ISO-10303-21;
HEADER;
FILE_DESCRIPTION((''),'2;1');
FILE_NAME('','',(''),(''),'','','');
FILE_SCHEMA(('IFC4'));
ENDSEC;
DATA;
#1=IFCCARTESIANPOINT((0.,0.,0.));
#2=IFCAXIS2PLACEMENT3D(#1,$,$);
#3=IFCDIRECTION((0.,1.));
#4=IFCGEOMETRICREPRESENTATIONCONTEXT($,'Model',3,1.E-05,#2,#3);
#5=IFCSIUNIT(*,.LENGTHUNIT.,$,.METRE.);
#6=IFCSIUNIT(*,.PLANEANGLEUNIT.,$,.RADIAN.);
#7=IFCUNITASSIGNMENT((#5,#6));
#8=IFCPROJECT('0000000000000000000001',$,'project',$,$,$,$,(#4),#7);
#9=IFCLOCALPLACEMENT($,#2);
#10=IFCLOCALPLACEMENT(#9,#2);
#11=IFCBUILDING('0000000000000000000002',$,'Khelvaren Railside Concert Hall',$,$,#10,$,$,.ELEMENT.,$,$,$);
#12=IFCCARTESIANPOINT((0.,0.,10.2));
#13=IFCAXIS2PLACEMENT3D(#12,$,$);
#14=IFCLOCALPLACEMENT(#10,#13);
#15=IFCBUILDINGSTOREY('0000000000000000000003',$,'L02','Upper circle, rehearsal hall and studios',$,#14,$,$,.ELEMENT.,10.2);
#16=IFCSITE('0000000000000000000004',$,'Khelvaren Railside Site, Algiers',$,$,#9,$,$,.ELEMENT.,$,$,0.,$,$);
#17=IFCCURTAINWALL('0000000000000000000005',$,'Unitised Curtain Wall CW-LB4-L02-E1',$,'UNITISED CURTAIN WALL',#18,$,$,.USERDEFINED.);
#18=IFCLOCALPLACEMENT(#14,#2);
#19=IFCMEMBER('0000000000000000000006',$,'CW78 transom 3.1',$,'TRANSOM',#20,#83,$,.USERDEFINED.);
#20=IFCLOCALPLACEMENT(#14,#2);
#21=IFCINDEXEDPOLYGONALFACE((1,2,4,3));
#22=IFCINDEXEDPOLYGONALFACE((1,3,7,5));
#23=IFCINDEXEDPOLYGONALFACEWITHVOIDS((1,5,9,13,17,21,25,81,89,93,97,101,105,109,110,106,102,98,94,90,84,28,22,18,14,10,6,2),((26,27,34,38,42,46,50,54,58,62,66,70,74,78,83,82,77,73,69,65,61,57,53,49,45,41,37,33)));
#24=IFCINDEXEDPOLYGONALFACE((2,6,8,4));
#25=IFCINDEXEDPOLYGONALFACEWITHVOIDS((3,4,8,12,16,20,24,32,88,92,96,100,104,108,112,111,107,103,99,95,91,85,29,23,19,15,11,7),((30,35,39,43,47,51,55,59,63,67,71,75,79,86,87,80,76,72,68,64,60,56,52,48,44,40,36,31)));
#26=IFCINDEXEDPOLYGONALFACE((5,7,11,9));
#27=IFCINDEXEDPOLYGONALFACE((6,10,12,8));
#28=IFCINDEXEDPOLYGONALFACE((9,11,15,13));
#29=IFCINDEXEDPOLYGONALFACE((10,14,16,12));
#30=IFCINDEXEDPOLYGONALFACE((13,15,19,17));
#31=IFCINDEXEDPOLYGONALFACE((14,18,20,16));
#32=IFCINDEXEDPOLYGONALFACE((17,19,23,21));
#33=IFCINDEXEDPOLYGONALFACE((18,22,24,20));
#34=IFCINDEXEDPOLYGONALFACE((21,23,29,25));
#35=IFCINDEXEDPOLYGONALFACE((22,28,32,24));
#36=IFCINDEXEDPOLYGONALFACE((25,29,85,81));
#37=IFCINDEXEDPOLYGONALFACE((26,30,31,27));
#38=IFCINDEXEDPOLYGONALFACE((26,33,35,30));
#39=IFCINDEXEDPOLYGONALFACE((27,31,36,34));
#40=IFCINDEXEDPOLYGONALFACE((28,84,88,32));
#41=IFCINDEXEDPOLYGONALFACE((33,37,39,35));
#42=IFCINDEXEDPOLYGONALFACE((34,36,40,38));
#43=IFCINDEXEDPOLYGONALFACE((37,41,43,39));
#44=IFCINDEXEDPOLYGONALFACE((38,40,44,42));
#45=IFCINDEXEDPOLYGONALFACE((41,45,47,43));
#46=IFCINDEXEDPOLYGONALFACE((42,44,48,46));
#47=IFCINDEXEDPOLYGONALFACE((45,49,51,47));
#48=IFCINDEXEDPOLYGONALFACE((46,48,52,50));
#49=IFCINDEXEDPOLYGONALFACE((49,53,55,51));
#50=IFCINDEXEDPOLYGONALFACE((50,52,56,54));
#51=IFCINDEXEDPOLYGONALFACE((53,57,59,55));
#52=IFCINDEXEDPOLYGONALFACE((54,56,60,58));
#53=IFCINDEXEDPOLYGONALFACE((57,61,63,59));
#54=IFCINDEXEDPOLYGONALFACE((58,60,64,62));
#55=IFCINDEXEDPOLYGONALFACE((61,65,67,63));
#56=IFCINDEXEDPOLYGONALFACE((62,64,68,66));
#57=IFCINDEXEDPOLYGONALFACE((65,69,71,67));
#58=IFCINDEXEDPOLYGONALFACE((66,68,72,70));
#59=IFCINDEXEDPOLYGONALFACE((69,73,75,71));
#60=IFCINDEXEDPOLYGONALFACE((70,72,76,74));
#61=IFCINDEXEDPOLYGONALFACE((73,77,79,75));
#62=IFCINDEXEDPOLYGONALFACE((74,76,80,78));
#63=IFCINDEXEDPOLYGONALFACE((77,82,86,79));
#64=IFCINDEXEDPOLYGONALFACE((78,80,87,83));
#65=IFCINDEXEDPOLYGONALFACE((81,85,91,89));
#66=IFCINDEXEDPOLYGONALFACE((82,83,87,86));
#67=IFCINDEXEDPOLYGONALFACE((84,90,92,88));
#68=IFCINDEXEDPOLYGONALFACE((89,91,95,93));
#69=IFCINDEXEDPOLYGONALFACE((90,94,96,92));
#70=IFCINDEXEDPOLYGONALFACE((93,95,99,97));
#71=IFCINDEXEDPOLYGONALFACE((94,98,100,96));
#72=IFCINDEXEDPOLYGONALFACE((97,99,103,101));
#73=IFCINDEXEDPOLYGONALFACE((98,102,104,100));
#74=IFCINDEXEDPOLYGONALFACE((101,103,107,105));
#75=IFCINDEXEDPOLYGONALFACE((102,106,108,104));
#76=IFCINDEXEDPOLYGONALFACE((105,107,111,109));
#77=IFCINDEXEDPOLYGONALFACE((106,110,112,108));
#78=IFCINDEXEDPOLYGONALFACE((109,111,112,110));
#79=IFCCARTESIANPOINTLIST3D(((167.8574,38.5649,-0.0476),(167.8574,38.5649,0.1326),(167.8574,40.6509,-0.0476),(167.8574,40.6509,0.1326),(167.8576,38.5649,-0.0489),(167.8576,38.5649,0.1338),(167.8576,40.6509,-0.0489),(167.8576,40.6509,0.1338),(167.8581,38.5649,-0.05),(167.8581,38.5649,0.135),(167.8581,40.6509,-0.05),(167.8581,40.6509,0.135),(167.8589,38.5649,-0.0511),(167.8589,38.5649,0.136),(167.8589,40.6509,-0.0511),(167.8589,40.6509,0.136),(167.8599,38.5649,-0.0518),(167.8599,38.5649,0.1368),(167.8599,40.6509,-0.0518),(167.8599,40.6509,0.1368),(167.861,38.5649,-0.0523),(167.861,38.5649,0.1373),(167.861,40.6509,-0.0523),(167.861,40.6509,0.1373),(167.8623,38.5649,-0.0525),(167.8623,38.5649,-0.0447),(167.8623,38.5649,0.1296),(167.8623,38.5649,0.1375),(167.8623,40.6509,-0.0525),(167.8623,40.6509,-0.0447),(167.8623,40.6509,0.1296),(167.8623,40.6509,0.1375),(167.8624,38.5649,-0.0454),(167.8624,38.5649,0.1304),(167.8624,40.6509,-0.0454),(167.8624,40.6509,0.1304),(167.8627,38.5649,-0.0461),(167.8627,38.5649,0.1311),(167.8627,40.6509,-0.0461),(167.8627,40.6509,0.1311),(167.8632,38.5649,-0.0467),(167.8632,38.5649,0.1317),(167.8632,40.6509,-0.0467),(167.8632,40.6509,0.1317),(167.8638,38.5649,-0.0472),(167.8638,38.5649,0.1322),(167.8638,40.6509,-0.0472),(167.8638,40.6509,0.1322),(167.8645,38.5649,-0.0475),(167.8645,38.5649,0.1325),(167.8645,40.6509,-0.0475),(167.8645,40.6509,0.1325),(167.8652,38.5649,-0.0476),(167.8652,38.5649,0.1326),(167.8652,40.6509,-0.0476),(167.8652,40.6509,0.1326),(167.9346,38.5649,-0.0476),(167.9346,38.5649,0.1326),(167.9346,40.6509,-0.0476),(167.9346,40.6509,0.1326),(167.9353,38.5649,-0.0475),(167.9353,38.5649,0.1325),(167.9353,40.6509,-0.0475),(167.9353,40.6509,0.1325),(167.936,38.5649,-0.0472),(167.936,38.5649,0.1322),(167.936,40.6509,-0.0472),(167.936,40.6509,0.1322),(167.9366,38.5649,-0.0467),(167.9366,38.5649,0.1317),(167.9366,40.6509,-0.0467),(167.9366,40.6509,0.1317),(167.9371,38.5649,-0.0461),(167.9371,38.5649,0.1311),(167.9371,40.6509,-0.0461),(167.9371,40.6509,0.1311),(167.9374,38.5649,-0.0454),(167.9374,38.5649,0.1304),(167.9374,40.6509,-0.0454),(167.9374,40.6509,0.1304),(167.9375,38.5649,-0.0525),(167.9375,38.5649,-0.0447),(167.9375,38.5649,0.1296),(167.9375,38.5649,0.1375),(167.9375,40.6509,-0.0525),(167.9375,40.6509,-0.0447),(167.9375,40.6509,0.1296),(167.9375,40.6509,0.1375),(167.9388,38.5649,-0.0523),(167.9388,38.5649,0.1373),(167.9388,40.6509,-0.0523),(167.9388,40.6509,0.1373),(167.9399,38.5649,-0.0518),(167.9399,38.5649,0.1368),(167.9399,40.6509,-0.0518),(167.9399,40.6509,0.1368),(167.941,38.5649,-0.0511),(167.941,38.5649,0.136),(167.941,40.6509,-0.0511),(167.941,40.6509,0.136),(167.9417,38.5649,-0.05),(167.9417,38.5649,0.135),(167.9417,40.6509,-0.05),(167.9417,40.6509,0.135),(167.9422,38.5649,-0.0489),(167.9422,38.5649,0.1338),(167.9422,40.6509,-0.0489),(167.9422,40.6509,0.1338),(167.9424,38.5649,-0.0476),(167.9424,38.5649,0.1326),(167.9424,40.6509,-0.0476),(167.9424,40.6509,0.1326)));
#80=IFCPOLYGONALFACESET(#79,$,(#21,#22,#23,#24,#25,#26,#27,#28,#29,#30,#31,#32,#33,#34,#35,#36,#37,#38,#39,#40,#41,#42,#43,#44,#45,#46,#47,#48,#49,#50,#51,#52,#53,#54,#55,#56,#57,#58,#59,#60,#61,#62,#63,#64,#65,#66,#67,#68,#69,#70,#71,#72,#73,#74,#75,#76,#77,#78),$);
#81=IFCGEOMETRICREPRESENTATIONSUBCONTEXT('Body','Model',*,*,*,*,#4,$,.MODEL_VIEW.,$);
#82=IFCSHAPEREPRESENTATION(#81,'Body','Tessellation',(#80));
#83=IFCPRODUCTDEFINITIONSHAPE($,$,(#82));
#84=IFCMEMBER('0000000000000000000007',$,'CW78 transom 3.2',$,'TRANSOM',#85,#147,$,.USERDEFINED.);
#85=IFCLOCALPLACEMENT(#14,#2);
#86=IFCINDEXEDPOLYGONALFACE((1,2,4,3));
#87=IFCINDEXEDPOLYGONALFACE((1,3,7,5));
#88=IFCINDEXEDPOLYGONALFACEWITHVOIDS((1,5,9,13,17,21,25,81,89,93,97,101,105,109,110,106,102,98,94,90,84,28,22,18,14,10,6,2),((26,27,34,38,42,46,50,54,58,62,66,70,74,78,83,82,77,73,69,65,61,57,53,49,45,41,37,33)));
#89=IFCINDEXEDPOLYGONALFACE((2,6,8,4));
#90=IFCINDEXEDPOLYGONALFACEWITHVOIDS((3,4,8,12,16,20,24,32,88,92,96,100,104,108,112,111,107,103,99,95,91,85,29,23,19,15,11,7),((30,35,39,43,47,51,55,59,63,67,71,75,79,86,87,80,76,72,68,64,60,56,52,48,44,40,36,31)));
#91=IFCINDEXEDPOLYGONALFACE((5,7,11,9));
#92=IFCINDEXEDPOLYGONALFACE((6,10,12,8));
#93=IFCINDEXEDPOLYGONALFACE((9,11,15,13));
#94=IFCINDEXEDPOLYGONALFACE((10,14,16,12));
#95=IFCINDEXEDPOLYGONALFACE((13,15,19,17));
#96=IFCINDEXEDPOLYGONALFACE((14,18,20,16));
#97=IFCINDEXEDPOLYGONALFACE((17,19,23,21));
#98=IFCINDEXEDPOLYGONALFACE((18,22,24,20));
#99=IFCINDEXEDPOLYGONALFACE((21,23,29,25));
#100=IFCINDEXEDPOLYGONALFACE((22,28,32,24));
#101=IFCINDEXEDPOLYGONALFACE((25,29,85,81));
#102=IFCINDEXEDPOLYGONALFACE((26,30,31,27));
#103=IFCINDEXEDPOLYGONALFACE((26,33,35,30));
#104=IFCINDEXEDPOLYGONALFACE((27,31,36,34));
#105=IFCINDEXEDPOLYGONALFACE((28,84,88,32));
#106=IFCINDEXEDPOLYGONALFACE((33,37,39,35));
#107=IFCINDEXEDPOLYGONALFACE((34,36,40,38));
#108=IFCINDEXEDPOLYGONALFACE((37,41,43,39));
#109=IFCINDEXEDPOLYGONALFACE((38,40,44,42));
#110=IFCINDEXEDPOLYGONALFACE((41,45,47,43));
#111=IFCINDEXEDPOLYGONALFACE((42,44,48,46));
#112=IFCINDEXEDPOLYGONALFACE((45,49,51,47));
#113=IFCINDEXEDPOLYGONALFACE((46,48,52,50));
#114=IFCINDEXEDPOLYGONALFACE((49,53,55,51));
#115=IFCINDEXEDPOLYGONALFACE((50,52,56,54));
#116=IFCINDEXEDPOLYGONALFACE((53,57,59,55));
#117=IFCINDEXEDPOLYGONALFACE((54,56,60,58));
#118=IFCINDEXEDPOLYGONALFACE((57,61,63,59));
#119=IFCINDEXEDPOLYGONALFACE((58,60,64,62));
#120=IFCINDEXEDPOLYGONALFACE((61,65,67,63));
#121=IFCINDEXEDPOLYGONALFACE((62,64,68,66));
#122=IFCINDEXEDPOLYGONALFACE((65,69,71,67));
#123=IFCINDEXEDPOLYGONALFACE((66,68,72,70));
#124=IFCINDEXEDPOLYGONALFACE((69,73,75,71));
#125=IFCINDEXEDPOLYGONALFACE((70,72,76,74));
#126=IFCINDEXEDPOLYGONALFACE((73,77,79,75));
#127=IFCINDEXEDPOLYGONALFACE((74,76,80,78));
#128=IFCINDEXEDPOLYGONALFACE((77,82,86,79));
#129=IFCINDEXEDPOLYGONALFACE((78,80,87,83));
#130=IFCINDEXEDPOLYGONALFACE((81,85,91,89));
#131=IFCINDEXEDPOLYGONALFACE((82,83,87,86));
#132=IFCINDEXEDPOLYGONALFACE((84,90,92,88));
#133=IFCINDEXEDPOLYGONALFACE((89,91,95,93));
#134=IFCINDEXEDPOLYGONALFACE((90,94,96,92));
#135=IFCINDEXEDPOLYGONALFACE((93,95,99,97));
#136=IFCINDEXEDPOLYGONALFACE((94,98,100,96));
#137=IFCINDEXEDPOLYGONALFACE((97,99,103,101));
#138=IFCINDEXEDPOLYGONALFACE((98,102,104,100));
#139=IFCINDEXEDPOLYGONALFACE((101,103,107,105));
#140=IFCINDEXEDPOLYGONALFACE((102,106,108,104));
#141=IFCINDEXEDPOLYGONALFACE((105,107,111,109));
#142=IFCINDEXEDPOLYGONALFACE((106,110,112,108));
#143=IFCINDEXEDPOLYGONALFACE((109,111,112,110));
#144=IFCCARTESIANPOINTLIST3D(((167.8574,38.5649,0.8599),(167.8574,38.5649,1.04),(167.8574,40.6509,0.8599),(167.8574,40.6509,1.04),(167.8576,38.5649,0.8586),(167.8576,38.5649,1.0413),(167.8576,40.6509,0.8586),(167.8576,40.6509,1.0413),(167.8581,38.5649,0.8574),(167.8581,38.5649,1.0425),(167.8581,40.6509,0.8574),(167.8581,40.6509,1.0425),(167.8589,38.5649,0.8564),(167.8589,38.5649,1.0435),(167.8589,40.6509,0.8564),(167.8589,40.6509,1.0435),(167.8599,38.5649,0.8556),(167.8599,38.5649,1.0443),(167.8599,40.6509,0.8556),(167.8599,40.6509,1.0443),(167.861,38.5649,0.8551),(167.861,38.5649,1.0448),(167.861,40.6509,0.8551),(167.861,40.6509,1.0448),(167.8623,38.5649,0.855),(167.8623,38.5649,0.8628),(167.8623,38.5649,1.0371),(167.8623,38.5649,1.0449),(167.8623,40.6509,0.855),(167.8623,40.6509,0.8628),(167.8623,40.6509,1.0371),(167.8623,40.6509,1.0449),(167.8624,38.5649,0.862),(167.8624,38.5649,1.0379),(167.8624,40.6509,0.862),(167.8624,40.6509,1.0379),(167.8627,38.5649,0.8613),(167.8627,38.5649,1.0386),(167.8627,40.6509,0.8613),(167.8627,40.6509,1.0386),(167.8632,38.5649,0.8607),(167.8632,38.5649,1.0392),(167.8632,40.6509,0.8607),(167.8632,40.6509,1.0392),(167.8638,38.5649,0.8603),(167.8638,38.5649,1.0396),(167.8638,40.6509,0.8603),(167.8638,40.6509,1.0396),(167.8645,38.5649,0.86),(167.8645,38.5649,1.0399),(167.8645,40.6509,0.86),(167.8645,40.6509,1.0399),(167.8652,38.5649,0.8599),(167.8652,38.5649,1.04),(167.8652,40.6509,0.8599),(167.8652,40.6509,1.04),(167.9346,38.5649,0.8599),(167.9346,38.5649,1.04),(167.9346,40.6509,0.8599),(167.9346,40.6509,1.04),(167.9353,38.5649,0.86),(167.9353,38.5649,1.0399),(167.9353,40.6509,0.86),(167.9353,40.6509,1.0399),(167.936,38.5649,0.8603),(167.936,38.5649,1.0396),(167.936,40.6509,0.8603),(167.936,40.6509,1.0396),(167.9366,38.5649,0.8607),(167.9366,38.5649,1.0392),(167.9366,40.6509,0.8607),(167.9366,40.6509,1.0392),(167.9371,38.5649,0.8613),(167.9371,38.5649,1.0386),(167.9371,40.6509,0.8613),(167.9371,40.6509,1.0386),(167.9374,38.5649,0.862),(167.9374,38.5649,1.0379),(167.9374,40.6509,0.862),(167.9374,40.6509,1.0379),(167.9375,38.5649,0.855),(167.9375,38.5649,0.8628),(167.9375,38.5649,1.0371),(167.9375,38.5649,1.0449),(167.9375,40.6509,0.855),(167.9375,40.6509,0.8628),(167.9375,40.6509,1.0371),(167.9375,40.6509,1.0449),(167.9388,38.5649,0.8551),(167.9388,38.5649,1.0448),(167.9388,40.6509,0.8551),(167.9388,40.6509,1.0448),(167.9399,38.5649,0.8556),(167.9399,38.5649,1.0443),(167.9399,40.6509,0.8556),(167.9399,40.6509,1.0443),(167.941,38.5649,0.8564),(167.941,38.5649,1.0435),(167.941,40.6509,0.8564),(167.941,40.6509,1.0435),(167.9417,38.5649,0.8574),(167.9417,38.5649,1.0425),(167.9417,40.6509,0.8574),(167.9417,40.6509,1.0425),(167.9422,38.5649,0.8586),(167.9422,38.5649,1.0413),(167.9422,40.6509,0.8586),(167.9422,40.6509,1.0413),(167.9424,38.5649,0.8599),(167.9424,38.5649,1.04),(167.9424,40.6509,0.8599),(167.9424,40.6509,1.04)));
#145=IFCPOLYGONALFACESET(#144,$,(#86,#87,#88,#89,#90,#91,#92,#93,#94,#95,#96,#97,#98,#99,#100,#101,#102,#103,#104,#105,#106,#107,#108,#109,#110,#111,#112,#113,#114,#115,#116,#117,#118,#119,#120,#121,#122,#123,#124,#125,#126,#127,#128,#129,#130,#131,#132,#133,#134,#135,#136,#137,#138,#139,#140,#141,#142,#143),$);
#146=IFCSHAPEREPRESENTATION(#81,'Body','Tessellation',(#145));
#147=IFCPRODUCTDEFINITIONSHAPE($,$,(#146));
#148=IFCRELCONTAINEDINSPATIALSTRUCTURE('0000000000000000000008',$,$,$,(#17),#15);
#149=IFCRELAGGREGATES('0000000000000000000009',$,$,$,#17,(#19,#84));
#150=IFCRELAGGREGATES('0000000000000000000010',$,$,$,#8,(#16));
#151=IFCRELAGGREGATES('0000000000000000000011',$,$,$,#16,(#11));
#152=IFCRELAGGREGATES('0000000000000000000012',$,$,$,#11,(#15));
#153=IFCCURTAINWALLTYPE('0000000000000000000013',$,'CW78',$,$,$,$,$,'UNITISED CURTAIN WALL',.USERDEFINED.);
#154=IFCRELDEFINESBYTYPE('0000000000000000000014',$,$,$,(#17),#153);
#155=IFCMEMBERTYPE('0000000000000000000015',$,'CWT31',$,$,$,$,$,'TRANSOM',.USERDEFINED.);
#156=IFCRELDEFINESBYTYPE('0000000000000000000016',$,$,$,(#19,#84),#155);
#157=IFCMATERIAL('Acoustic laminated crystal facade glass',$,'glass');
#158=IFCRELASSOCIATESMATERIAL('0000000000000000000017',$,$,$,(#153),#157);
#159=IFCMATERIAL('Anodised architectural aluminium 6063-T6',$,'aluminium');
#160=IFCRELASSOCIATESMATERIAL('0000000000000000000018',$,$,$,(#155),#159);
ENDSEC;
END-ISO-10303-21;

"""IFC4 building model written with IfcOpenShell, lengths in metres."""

from ifc_helpers import new_model, si_unit, direction, frame, origin, origin_2d, place, context, subcontext, project, spatial, hollow_rectangle, extrude, material, material_profile, profile_set, type_object, element, aggregate, save


model = new_model("IFC4")

# Units and contexts
model_context = context("Model", 3, precision=1e-05, world=origin(), true_north=direction((0.0, 1.0)))
body_context = subcontext(model_context, "Body", "Model", "MODEL_VIEW")
ifc_project = project(units=[si_unit("LENGTHUNIT", "METRE"), si_unit("PLANEANGLEUNIT", "RADIAN")], contexts=[model_context])

# Site, building, storey
site_placement = place(None, origin())
site = spatial("IfcSite", under=ifc_project, at=site_placement, Name="Khelvaren Railside Site, Algiers", CompositionType="ELEMENT", RefElevation=0.0)
building_placement = place(site_placement, origin())
building = spatial("IfcBuilding", under=site, at=building_placement, Name="Khelvaren Railside Concert Hall", CompositionType="ELEMENT")
storey_placement = place(building_placement, frame((0.0, 0.0, 10.2)))
storey = spatial("IfcBuildingStorey", under=building, at=storey_placement, Name="L02", Description="Upper circle, rehearsal hall and studios", CompositionType="ELEMENT", Elevation=10.2)

# Curtain wall, members
ifc_material_1 = material(Name="Acoustic laminated crystal facade glass", Category="glass")
curtain_wall_type = type_object("IfcCurtainWallType", Name="CW78", ElementType="UNITISED CURTAIN WALL", PredefinedType="USERDEFINED", material=ifc_material_1)
curtain_wall_placement = place(storey_placement, origin())
curtain_wall = element("IfcCurtainWall", 1, at=curtain_wall_placement, inside=storey, type_object=curtain_wall_type, Name="Unitised Curtain Wall CW-LB4-L02-E1", ObjectType="UNITISED CURTAIN WALL", PredefinedType="USERDEFINED")
ifc_material_2 = material(Name="Anodised architectural aluminium 6063-T6", Category="aluminium")
ifc_material_profile_1 = material_profile(ifc_material_2, hollow_rectangle(XDim=0.085, YDim=0.1899, WallThickness=0.0049, InnerFilletRadius=0.0029, OuterFilletRadius=0.0049, at=origin_2d()), Name="CWT 85x190x5")
ifc_profile_set_1 = profile_set([ifc_material_profile_1], Name="Anodised architectural aluminium 6063-T6")
member_type_1 = type_object("IfcMemberType", Name="CWT31", ElementType="TRANSOM", PredefinedType="USERDEFINED", material=ifc_profile_set_1)
member_1_placement = place(storey_placement, frame((167.8999, 40.6509, 0.0425), z_axis=(0.0, -1.0, 0.0), x_axis=(1.0, 0.0, 0.0)))
member_1 = element("IfcMember", 2, at=member_1_placement, type_object=member_type_1, Name="CW78 transom 3.1", ObjectType="TRANSOM", PredefinedType="USERDEFINED", context=body_context, shape_type="SweptSolid", body=[
    extrude(hollow_rectangle(XDim=0.085, YDim=0.1899, WallThickness=0.0049, InnerFilletRadius=0.0029, OuterFilletRadius=0.0049, at=origin_2d()), origin(), (0.0, 0.0, 1.0), 2.0859),
])
member_2_placement = place(storey_placement, frame((167.8999, 40.6509, 0.95), z_axis=(0.0, -1.0, 0.0), x_axis=(1.0, 0.0, 0.0)))
member_2 = element("IfcMember", 3, at=member_2_placement, type_object=member_type_1, Name="CW78 transom 3.2", ObjectType="TRANSOM", PredefinedType="USERDEFINED", context=body_context, shape_type="SweptSolid", body=[
    extrude(hollow_rectangle(XDim=0.085, YDim=0.1899, WallThickness=0.0049, InnerFilletRadius=0.0029, OuterFilletRadius=0.0049, at=origin_2d()), origin(), (0.0, 0.0, 1.0), 2.0859),
])

aggregate(curtain_wall, [member_1, member_2])

save(model, "model.ifc")
